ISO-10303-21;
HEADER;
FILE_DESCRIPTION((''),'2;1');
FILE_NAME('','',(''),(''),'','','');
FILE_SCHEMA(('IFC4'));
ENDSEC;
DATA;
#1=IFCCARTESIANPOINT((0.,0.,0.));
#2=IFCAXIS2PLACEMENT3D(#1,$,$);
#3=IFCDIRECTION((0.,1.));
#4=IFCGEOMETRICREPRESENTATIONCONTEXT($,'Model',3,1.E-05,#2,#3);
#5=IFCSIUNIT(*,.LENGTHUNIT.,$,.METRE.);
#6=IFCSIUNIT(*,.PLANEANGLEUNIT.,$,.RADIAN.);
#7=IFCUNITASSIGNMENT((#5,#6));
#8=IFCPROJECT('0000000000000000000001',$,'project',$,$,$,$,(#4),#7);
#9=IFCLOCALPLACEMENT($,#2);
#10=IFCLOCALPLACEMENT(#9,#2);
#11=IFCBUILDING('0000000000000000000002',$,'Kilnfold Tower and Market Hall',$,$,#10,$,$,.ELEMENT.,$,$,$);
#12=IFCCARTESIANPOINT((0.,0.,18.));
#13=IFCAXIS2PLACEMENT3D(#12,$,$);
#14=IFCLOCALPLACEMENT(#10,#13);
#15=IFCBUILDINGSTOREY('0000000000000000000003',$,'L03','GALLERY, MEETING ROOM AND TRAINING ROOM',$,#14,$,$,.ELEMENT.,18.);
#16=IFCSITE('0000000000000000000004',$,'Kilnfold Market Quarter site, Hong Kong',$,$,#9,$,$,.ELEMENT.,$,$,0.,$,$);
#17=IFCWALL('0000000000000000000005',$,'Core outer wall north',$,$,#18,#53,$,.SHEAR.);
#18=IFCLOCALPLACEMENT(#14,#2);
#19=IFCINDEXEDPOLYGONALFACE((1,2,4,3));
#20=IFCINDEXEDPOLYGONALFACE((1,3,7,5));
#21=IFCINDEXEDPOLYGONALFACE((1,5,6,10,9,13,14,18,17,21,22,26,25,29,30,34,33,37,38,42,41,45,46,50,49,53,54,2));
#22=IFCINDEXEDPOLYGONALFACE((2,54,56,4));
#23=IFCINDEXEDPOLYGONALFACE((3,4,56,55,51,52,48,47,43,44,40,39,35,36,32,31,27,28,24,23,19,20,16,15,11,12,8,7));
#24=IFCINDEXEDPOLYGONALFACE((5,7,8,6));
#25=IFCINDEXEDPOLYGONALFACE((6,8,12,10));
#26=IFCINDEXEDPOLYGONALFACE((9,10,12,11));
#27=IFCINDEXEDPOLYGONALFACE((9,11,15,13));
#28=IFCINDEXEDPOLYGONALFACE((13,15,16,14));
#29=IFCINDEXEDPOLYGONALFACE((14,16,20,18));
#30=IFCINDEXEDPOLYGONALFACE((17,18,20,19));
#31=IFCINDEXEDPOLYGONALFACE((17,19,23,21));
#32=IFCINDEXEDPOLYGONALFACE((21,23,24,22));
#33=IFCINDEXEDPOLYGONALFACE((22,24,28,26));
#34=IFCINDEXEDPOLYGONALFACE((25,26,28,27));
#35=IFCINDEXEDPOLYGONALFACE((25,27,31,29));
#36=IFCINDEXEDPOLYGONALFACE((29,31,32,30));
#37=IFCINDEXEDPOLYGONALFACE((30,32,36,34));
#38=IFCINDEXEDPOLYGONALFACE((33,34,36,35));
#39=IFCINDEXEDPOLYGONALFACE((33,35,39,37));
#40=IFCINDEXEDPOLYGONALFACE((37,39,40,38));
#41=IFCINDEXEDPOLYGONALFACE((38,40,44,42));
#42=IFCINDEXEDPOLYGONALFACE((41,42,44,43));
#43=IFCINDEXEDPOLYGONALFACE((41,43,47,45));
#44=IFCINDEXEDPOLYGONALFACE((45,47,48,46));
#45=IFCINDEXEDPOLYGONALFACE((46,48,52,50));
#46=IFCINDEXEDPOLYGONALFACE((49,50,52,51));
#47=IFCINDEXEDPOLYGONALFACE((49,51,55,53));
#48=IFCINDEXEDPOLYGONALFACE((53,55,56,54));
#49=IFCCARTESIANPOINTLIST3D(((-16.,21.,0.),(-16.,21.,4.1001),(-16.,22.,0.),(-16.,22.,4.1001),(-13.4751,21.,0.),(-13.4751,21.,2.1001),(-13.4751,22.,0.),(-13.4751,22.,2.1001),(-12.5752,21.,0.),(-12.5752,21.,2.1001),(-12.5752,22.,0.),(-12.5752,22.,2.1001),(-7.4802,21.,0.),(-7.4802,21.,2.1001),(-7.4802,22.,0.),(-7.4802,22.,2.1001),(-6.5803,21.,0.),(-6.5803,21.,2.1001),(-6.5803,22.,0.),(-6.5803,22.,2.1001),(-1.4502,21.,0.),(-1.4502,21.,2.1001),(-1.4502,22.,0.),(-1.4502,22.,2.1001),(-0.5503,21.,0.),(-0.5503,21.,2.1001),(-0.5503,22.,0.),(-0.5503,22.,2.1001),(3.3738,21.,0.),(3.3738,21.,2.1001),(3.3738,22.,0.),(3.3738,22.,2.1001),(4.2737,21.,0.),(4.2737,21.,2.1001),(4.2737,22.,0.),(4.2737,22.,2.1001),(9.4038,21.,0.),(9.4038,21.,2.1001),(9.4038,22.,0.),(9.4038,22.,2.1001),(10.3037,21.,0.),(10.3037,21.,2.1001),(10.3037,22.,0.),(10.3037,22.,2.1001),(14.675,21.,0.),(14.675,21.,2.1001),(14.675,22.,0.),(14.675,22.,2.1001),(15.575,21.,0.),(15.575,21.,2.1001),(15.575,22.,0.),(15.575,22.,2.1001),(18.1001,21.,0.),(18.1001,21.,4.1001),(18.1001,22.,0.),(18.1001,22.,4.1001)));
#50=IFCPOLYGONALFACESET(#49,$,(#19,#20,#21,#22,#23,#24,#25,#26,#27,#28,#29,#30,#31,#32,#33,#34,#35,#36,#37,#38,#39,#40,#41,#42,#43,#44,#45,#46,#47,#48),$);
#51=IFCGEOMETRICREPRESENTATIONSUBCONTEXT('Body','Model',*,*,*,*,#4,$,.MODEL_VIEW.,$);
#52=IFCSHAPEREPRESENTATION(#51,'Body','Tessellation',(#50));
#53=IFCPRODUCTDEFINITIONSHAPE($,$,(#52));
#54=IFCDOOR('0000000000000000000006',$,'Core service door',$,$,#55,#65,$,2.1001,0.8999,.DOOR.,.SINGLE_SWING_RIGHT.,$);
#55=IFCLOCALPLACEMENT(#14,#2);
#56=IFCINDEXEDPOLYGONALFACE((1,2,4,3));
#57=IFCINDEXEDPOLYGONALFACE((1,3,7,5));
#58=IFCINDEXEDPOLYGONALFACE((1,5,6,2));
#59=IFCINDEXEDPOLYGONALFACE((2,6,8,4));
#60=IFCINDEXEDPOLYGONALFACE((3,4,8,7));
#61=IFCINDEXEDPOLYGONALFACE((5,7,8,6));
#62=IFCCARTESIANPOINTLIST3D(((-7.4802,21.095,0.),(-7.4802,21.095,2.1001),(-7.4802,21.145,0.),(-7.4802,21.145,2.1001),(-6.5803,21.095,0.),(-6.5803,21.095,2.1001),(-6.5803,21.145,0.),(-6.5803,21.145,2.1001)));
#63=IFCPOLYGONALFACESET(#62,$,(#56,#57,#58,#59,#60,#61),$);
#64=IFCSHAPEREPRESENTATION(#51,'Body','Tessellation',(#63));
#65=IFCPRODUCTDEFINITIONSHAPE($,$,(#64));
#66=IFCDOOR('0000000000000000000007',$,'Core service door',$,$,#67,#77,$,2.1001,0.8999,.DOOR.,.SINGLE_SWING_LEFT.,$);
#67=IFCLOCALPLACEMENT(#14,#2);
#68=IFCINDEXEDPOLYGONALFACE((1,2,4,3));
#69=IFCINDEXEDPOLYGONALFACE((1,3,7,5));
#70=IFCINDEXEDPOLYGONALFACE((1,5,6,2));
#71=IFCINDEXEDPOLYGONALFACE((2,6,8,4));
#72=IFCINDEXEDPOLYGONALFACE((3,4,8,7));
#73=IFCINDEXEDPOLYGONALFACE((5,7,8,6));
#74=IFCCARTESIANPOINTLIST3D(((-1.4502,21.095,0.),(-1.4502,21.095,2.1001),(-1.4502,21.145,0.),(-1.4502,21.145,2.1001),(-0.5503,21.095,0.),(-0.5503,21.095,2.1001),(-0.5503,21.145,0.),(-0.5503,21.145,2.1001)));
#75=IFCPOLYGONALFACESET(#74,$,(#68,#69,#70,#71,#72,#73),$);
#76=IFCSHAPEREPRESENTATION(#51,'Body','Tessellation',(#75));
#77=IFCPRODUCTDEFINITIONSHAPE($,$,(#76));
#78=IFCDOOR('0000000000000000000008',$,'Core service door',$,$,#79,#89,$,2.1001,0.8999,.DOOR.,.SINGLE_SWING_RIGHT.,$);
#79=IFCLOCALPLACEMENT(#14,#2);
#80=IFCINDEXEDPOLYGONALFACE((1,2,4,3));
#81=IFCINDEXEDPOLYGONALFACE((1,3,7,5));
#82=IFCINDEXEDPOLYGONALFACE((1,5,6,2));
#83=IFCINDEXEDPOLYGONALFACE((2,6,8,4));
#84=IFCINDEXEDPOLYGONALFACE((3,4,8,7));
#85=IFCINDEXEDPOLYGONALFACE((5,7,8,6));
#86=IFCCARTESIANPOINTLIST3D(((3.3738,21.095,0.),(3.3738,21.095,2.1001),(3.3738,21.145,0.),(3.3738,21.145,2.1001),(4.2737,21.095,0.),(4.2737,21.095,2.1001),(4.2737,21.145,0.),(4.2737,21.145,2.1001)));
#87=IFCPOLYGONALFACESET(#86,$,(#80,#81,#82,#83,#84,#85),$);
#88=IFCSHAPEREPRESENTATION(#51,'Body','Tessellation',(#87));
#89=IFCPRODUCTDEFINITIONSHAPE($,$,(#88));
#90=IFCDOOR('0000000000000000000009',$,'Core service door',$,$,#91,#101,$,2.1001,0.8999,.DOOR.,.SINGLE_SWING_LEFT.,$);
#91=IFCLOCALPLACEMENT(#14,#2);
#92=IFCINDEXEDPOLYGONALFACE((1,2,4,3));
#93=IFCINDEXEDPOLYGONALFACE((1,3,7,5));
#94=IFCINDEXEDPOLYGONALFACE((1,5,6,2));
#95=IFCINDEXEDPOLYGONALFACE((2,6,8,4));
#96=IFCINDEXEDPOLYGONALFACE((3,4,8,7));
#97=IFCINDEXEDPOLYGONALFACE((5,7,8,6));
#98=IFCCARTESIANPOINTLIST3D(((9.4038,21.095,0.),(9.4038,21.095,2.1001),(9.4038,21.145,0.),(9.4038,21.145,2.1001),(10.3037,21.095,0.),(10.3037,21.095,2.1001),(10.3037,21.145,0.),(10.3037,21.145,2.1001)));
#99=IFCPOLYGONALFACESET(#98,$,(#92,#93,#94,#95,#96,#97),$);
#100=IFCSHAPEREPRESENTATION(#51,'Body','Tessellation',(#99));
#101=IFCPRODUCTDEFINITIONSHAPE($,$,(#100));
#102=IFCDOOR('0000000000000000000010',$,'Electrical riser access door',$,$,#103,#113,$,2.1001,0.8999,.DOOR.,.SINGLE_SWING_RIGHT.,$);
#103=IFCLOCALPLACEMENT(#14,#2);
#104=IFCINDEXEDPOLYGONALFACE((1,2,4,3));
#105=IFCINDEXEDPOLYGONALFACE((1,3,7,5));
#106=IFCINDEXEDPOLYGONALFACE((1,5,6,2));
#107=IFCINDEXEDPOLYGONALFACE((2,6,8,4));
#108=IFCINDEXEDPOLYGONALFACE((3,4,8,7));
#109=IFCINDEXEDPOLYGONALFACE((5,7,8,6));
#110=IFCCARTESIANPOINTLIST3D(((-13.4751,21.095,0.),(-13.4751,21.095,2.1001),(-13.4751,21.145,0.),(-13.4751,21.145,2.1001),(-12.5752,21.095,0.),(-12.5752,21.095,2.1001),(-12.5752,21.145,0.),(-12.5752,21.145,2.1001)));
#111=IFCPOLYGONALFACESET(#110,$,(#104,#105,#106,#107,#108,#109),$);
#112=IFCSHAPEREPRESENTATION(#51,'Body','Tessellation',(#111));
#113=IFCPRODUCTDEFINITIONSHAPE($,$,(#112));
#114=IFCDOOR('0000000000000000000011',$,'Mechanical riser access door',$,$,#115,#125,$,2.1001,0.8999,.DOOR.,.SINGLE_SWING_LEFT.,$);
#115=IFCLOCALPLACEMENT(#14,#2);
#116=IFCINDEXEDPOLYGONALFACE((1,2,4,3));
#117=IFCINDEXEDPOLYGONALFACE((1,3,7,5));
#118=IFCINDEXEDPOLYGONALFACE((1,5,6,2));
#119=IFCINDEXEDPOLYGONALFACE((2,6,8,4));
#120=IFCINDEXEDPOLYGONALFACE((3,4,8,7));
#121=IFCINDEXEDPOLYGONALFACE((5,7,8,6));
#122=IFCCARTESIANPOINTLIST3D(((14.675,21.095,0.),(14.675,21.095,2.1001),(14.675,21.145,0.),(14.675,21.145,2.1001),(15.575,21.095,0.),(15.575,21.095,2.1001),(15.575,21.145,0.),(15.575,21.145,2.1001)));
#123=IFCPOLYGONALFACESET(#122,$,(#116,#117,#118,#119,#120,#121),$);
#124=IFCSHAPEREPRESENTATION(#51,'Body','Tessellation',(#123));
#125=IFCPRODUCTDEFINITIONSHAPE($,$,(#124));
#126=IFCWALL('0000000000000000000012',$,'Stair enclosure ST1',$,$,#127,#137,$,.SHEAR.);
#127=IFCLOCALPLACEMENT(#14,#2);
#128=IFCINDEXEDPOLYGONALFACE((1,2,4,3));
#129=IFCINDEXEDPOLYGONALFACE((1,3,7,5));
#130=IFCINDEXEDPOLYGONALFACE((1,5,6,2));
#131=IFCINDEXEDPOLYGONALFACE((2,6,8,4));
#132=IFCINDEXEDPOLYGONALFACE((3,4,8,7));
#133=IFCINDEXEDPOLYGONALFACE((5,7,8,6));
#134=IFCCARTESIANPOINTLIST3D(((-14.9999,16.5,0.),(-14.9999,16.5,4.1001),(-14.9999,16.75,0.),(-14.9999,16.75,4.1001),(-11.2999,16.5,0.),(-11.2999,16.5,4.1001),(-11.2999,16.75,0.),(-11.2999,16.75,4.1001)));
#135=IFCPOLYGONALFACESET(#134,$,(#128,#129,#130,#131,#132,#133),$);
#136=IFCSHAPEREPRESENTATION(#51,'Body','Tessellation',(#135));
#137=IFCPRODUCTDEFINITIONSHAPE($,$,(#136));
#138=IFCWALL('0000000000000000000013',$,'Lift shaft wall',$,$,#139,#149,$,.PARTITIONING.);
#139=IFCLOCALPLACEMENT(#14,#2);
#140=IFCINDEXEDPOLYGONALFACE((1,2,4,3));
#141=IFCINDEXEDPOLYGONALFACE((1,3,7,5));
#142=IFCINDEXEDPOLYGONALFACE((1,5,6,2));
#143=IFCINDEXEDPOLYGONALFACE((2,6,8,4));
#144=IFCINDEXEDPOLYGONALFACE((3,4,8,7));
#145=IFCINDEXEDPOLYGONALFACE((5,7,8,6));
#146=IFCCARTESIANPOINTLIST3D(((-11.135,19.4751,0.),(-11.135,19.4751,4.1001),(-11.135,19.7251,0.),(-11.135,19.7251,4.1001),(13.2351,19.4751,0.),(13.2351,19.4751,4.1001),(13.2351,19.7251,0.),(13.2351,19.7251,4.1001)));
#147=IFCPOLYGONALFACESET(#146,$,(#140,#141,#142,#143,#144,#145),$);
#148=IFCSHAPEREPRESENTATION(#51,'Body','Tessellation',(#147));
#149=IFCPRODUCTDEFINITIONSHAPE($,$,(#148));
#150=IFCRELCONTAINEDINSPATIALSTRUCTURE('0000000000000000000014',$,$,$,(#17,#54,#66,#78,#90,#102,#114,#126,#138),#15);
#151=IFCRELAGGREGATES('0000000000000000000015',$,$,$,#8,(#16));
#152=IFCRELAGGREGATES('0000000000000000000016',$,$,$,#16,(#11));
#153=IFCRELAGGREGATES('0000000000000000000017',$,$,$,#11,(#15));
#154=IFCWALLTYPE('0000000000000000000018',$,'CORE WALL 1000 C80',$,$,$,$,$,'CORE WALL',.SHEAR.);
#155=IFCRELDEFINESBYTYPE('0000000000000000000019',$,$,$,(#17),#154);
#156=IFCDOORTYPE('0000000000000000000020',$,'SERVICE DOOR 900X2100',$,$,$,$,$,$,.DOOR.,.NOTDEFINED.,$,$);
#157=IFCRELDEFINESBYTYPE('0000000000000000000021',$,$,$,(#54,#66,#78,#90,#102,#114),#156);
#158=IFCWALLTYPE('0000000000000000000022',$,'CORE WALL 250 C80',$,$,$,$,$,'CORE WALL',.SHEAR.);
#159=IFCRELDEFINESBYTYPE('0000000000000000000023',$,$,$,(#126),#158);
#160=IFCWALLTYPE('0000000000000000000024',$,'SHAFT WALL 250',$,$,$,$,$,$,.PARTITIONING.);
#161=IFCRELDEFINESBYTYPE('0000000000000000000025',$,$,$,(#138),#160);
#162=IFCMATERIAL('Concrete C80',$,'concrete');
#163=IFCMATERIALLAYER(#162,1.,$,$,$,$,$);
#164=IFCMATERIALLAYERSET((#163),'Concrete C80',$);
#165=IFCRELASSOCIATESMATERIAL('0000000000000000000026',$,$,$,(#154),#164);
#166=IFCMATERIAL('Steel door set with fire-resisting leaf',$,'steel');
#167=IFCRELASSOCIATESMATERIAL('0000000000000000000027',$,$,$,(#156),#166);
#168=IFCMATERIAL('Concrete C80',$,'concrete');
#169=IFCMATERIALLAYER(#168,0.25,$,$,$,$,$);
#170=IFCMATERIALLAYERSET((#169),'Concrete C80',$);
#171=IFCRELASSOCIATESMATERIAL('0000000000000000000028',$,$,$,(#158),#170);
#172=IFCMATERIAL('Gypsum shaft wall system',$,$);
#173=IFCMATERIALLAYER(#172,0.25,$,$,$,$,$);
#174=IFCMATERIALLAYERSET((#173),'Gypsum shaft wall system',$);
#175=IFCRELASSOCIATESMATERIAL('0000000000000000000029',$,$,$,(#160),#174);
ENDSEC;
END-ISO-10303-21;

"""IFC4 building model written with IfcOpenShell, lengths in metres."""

from ifc_helpers import new_model, si_unit, direction, frame, frame_2d, origin, place, context, subcontext, project, spatial, rectangle, extrude, source, transform, mapped, material, layer, layer_set, type_object, element, fill, save


model = new_model("IFC4")

# Units and contexts
model_context = context("Model", 3, precision=1e-05, world=origin(), true_north=direction((0.0, 1.0)))
body_context = subcontext(model_context, "Body", "Model", "MODEL_VIEW")
ifc_project = project(units=[si_unit("LENGTHUNIT", "METRE"), si_unit("PLANEANGLEUNIT", "RADIAN")], contexts=[model_context])

# Site, building, storey
site_placement = place(None, origin())
site = spatial("IfcSite", under=ifc_project, at=site_placement, Name="Kilnfold Market Quarter site, Hong Kong", CompositionType="ELEMENT", RefElevation=0.0)
building_placement = place(site_placement, origin())
building = spatial("IfcBuilding", under=site, at=building_placement, Name="Kilnfold Tower and Market Hall", CompositionType="ELEMENT")
storey_placement = place(building_placement, frame((0.0, 0.0, 18.0)))
storey = spatial("IfcBuildingStorey", under=building, at=storey_placement, Name="L03", Description="GALLERY, MEETING ROOM AND TRAINING ROOM", CompositionType="ELEMENT", Elevation=18.0)

# Wall, openings, doors
ifc_material_1 = material(Name="Concrete C80", Category="concrete")
ifc_layer_1 = layer(ifc_material_1, 1.0)
ifc_layer_set_1 = layer_set([ifc_layer_1], Name="Concrete C80")
wall_type_1 = type_object("IfcWallType", Name="CORE WALL 1000 C80", ElementType="CORE WALL", PredefinedType="SHEAR", material=ifc_layer_set_1)
shared_shape_1 = source(origin(), body_context, "Body", "SweptSolid", [
    extrude(rectangle(XDim=34.1001, YDim=1.0, at=frame_2d((17.05, 0.0))), origin(), (0.0, 0.0, 1.0), 4.1001),
])
wall_1_placement = place(storey_placement, frame((-16.0, 21.5, 0.0), z_axis=(0.0, 0.0, 1.0), x_axis=(1.0, 0.0, 0.0)))
wall_1 = element("IfcWall", 1, at=wall_1_placement, inside=storey, type_object=wall_type_1, Name="Core outer wall north", PredefinedType="SHEAR", context=body_context, shape_type="MappedRepresentation", body=[
    mapped(shared_shape_1, transform((0.0, 0.0, 0.0))),
])
opening_1_placement = place(wall_1_placement, frame((8.5198, 0.0, 0.0)))
opening_1 = element("IfcOpeningElement", 2, at=opening_1_placement, cuts=wall_1, PredefinedType="OPENING", context=body_context, shape_type="SweptSolid", body=[
    extrude(rectangle(XDim=0.8999, YDim=2.1001, at=frame_2d((0.45, 1.05))), frame((0.0, 0.51, 0.0), z_axis=(0.0, -1.0, 0.0), x_axis=(1.0, 0.0, 0.0)), (0.0, 0.0, 1.0), 1.02),
])
opening_2_placement = place(wall_1_placement, frame((14.5498, 0.0, 0.0)))
opening_2 = element("IfcOpeningElement", 3, at=opening_2_placement, cuts=wall_1, PredefinedType="OPENING", context=body_context, shape_type="SweptSolid", body=[
    extrude(rectangle(XDim=0.8999, YDim=2.1001, at=frame_2d((0.45, 1.05))), frame((0.0, 0.51, 0.0), z_axis=(0.0, -1.0, 0.0), x_axis=(1.0, 0.0, 0.0)), (0.0, 0.0, 1.0), 1.02),
])
opening_3_placement = place(wall_1_placement, frame((19.3738, 0.0, 0.0)))
opening_3 = element("IfcOpeningElement", 4, at=opening_3_placement, cuts=wall_1, PredefinedType="OPENING", context=body_context, shape_type="SweptSolid", body=[
    extrude(rectangle(XDim=0.8999, YDim=2.1001, at=frame_2d((0.45, 1.05))), frame((0.0, 0.51, 0.0), z_axis=(0.0, -1.0, 0.0), x_axis=(1.0, 0.0, 0.0)), (0.0, 0.0, 1.0), 1.02),
])
opening_4_placement = place(wall_1_placement, frame((25.4038, 0.0, 0.0)))
opening_4 = element("IfcOpeningElement", 5, at=opening_4_placement, cuts=wall_1, PredefinedType="OPENING", context=body_context, shape_type="SweptSolid", body=[
    extrude(rectangle(XDim=0.8999, YDim=2.1001, at=frame_2d((0.45, 1.05))), frame((0.0, 0.51, 0.0), z_axis=(0.0, -1.0, 0.0), x_axis=(1.0, 0.0, 0.0)), (0.0, 0.0, 1.0), 1.02),
])
opening_5_placement = place(wall_1_placement, frame((2.5249, 0.0, 0.0)))
opening_5 = element("IfcOpeningElement", 6, at=opening_5_placement, cuts=wall_1, PredefinedType="OPENING", context=body_context, shape_type="SweptSolid", body=[
    extrude(rectangle(XDim=0.8999, YDim=2.1001, at=frame_2d((0.45, 1.05))), frame((0.0, 0.51, 0.0), z_axis=(0.0, -1.0, 0.0), x_axis=(1.0, 0.0, 0.0)), (0.0, 0.0, 1.0), 1.02),
])
opening_6_placement = place(wall_1_placement, frame((30.675, 0.0, 0.0)))
opening_6 = element("IfcOpeningElement", 7, at=opening_6_placement, cuts=wall_1, PredefinedType="OPENING", context=body_context, shape_type="SweptSolid", body=[
    extrude(rectangle(XDim=0.8999, YDim=2.1001, at=frame_2d((0.45, 1.05))), frame((0.0, 0.51, 0.0), z_axis=(0.0, -1.0, 0.0), x_axis=(1.0, 0.0, 0.0)), (0.0, 0.0, 1.0), 1.02),
])
ifc_material_2 = material(Name="Steel door set with fire-resisting leaf", Category="steel")
door_type_1 = type_object("IfcDoorType", Name="SERVICE DOOR 900X2100", OperationType="NOTDEFINED", PredefinedType="DOOR", material=ifc_material_2)
door_1_placement = place(opening_1_placement, origin())
door_1 = element("IfcDoor", 8, at=door_1_placement, inside=storey, type_object=door_type_1, Name="Core service door", OperationType="SINGLE_SWING_RIGHT", OverallHeight=2.1001, OverallWidth=0.8999, PredefinedType="DOOR", context=body_context, shape_type="SweptSolid", body=[
    extrude(rectangle(XDim=0.8999, YDim=2.1001, at=frame_2d((0.45, 1.05))), frame((0.0, -0.355, 0.0), z_axis=(0.0, -1.0, 0.0), x_axis=(1.0, 0.0, 0.0)), (0.0, 0.0, 1.0), 0.05),
])
fill(opening_1, door_1)
door_2_placement = place(opening_2_placement, origin())
door_2 = element("IfcDoor", 9, at=door_2_placement, inside=storey, type_object=door_type_1, Name="Core service door", OperationType="SINGLE_SWING_LEFT", OverallHeight=2.1001, OverallWidth=0.8999, PredefinedType="DOOR", context=body_context, shape_type="SweptSolid", body=[
    extrude(rectangle(XDim=0.8999, YDim=2.1001, at=frame_2d((0.45, 1.05))), frame((0.0, -0.355, 0.0), z_axis=(0.0, -1.0, 0.0), x_axis=(1.0, 0.0, 0.0)), (0.0, 0.0, 1.0), 0.05),
])
fill(opening_2, door_2)
door_3_placement = place(opening_3_placement, origin())
door_3 = element("IfcDoor", 10, at=door_3_placement, inside=storey, type_object=door_type_1, Name="Core service door", OperationType="SINGLE_SWING_RIGHT", OverallHeight=2.1001, OverallWidth=0.8999, PredefinedType="DOOR", context=body_context, shape_type="SweptSolid", body=[
    extrude(rectangle(XDim=0.8999, YDim=2.1001, at=frame_2d((0.45, 1.05))), frame((0.0, -0.355, 0.0), z_axis=(0.0, -1.0, 0.0), x_axis=(1.0, 0.0, 0.0)), (0.0, 0.0, 1.0), 0.05),
])
fill(opening_3, door_3)
door_4_placement = place(opening_4_placement, origin())
door_4 = element("IfcDoor", 11, at=door_4_placement, inside=storey, type_object=door_type_1, Name="Core service door", OperationType="SINGLE_SWING_LEFT", OverallHeight=2.1001, OverallWidth=0.8999, PredefinedType="DOOR", context=body_context, shape_type="SweptSolid", body=[
    extrude(rectangle(XDim=0.8999, YDim=2.1001, at=frame_2d((0.45, 1.05))), frame((0.0, -0.355, 0.0), z_axis=(0.0, -1.0, 0.0), x_axis=(1.0, 0.0, 0.0)), (0.0, 0.0, 1.0), 0.05),
])
fill(opening_4, door_4)
door_5_placement = place(opening_5_placement, origin())
door_5 = element("IfcDoor", 12, at=door_5_placement, inside=storey, type_object=door_type_1, Name="Electrical riser access door", OperationType="SINGLE_SWING_RIGHT", OverallHeight=2.1001, OverallWidth=0.8999, PredefinedType="DOOR", context=body_context, shape_type="SweptSolid", body=[
    extrude(rectangle(XDim=0.8999, YDim=2.1001, at=frame_2d((0.45, 1.05))), frame((0.0, -0.355, 0.0), z_axis=(0.0, -1.0, 0.0), x_axis=(1.0, 0.0, 0.0)), (0.0, 0.0, 1.0), 0.05),
])
fill(opening_5, door_5)
door_6_placement = place(opening_6_placement, origin())
door_6 = element("IfcDoor", 13, at=door_6_placement, inside=storey, type_object=door_type_1, Name="Mechanical riser access door", OperationType="SINGLE_SWING_LEFT", OverallHeight=2.1001, OverallWidth=0.8999, PredefinedType="DOOR", context=body_context, shape_type="SweptSolid", body=[
    extrude(rectangle(XDim=0.8999, YDim=2.1001, at=frame_2d((0.45, 1.05))), frame((0.0, -0.355, 0.0), z_axis=(0.0, -1.0, 0.0), x_axis=(1.0, 0.0, 0.0)), (0.0, 0.0, 1.0), 0.05),
])
fill(opening_6, door_6)

# Walls
ifc_material_3 = material(Name="Concrete C80", Category="concrete")
ifc_layer_2 = layer(ifc_material_3, 0.25)
ifc_layer_set_2 = layer_set([ifc_layer_2], Name="Concrete C80")
wall_type_2 = type_object("IfcWallType", Name="CORE WALL 250 C80", ElementType="CORE WALL", PredefinedType="SHEAR", material=ifc_layer_set_2)
shared_shape_2 = source(origin(), body_context, "Body", "SweptSolid", [
    extrude(rectangle(XDim=3.7, YDim=0.25, at=frame_2d((1.8501, 0.0))), origin(), (0.0, 0.0, 1.0), 4.1001),
])
wall_2_placement = place(storey_placement, frame((-15.0, 16.625, 0.0), z_axis=(0.0, 0.0, 1.0), x_axis=(1.0, 0.0, 0.0)))
element("IfcWall", 14, at=wall_2_placement, inside=storey, type_object=wall_type_2, Name="Stair enclosure ST1", PredefinedType="SHEAR", context=body_context, shape_type="MappedRepresentation", body=[
    mapped(shared_shape_2, transform((0.0, 0.0, 0.0))),
])
ifc_material_4 = material(Name="Gypsum shaft wall system")
ifc_layer_3 = layer(ifc_material_4, 0.25)
ifc_layer_set_3 = layer_set([ifc_layer_3], Name="Gypsum shaft wall system")
wall_type_3 = type_object("IfcWallType", Name="SHAFT WALL 250", PredefinedType="PARTITIONING", material=ifc_layer_set_3)
shared_shape_3 = source(origin(), body_context, "Body", "SweptSolid", [
    extrude(rectangle(XDim=24.3701, YDim=0.25, at=frame_2d((12.1851, 0.0))), origin(), (0.0, 0.0, 1.0), 4.1001),
])
wall_3_placement = place(storey_placement, frame((-11.135, 19.6001, 0.0), z_axis=(0.0, 0.0, 1.0), x_axis=(1.0, 0.0, 0.0)))
element("IfcWall", 15, at=wall_3_placement, inside=storey, type_object=wall_type_3, Name="Lift shaft wall", PredefinedType="PARTITIONING", context=body_context, shape_type="MappedRepresentation", body=[
    mapped(shared_shape_3, transform((0.0, 0.0, 0.0))),
])

save(model, "model.ifc")
